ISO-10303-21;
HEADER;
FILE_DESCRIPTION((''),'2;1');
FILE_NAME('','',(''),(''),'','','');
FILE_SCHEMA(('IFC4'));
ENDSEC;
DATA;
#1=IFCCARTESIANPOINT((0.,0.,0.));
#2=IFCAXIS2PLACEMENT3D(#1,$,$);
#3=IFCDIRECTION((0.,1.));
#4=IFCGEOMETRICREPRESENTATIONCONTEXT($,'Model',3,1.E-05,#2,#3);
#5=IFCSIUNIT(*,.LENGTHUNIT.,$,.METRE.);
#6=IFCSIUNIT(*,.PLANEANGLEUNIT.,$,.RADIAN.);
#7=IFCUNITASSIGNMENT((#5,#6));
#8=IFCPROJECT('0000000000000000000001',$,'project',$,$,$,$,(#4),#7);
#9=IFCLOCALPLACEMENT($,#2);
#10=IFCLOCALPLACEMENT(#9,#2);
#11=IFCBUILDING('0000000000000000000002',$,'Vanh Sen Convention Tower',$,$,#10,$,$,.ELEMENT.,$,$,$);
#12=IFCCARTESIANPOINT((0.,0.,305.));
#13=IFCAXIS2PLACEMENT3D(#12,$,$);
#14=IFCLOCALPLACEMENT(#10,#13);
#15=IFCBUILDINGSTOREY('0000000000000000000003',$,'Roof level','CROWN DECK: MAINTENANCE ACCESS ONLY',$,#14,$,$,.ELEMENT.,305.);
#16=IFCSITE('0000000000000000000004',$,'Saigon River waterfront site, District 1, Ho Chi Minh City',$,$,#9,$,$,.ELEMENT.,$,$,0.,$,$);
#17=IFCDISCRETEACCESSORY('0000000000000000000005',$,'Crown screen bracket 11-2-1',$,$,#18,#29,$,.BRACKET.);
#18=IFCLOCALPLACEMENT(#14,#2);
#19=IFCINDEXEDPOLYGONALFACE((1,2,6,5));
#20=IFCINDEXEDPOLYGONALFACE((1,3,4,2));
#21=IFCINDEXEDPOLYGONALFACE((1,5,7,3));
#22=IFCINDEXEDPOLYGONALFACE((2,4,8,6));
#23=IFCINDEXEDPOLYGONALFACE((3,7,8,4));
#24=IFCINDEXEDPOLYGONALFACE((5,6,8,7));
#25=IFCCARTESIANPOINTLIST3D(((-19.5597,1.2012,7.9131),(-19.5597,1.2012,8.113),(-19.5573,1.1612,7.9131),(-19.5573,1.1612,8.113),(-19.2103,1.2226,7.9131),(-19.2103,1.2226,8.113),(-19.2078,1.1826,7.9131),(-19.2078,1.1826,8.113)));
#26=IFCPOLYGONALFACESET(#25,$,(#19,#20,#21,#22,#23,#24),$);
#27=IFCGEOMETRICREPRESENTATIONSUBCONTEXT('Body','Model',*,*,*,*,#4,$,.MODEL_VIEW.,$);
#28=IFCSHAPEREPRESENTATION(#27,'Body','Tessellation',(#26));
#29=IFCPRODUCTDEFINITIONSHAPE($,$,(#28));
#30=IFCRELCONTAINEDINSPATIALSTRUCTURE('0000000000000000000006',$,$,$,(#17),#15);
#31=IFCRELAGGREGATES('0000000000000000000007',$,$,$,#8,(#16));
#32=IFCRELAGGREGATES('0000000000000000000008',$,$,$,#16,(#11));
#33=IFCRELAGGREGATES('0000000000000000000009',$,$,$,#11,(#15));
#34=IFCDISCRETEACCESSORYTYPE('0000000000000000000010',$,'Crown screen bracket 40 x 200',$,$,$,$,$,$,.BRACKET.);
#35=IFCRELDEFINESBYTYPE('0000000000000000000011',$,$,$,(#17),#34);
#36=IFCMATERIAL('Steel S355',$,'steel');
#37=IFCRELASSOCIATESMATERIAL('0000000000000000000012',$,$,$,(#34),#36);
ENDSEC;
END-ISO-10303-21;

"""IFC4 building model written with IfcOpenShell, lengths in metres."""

from ifc_helpers import new_model, si_unit, direction, frame, origin, origin_2d, place, context, subcontext, project, spatial, rectangle, extrude, material, type_object, element, save


model = new_model("IFC4")

# Units and contexts
model_context = context("Model", 3, precision=1e-05, world=origin(), true_north=direction((0.0, 1.0)))
body_context = subcontext(model_context, "Body", "Model", "MODEL_VIEW")
ifc_project = project(units=[si_unit("LENGTHUNIT", "METRE"), si_unit("PLANEANGLEUNIT", "RADIAN")], contexts=[model_context])

# Site, building, storey
site_placement = place(None, origin())
site = spatial("IfcSite", under=ifc_project, at=site_placement, Name="Saigon River waterfront site, District 1, Ho Chi Minh City", CompositionType="ELEMENT", RefElevation=0.0)
building_placement = place(site_placement, origin())
building = spatial("IfcBuilding", under=site, at=building_placement, Name="Vanh Sen Convention Tower", CompositionType="ELEMENT")
storey_placement = place(building_placement, frame((0.0, 0.0, 305.0)))
storey = spatial("IfcBuildingStorey", under=building, at=storey_placement, Name="Roof level", Description="CROWN DECK: MAINTENANCE ACCESS ONLY", CompositionType="ELEMENT", Elevation=305.0)

# Discrete accessory
ifc_material_1 = material(Name="Steel S355", Category="steel")
discrete_accessory_type = type_object("IfcDiscreteAccessoryType", Name="Crown screen bracket 40 x 200", PredefinedType="BRACKET", material=ifc_material_1)
for number, where, z_axis, x_axis, name in (
    (1, (-19.3838, 1.1919, 7.9131), (0.0, 0.0, 1.0), (-0.998135, -0.061052, 0.0), "Crown screen bracket 11-2-1"),
):
    element("IfcDiscreteAccessory", number, at=place(storey_placement, frame(where, z_axis=z_axis, x_axis=x_axis)), inside=storey, type_object=discrete_accessory_type, Name=name, PredefinedType="BRACKET", context=body_context, shape_type="SweptSolid", body=[
        extrude(rectangle(XDim=0.3501, YDim=0.04, at=origin_2d()), origin(), (0.0, 0.0, 1.0), 0.2),
    ])

save(model, "model.ifc")
